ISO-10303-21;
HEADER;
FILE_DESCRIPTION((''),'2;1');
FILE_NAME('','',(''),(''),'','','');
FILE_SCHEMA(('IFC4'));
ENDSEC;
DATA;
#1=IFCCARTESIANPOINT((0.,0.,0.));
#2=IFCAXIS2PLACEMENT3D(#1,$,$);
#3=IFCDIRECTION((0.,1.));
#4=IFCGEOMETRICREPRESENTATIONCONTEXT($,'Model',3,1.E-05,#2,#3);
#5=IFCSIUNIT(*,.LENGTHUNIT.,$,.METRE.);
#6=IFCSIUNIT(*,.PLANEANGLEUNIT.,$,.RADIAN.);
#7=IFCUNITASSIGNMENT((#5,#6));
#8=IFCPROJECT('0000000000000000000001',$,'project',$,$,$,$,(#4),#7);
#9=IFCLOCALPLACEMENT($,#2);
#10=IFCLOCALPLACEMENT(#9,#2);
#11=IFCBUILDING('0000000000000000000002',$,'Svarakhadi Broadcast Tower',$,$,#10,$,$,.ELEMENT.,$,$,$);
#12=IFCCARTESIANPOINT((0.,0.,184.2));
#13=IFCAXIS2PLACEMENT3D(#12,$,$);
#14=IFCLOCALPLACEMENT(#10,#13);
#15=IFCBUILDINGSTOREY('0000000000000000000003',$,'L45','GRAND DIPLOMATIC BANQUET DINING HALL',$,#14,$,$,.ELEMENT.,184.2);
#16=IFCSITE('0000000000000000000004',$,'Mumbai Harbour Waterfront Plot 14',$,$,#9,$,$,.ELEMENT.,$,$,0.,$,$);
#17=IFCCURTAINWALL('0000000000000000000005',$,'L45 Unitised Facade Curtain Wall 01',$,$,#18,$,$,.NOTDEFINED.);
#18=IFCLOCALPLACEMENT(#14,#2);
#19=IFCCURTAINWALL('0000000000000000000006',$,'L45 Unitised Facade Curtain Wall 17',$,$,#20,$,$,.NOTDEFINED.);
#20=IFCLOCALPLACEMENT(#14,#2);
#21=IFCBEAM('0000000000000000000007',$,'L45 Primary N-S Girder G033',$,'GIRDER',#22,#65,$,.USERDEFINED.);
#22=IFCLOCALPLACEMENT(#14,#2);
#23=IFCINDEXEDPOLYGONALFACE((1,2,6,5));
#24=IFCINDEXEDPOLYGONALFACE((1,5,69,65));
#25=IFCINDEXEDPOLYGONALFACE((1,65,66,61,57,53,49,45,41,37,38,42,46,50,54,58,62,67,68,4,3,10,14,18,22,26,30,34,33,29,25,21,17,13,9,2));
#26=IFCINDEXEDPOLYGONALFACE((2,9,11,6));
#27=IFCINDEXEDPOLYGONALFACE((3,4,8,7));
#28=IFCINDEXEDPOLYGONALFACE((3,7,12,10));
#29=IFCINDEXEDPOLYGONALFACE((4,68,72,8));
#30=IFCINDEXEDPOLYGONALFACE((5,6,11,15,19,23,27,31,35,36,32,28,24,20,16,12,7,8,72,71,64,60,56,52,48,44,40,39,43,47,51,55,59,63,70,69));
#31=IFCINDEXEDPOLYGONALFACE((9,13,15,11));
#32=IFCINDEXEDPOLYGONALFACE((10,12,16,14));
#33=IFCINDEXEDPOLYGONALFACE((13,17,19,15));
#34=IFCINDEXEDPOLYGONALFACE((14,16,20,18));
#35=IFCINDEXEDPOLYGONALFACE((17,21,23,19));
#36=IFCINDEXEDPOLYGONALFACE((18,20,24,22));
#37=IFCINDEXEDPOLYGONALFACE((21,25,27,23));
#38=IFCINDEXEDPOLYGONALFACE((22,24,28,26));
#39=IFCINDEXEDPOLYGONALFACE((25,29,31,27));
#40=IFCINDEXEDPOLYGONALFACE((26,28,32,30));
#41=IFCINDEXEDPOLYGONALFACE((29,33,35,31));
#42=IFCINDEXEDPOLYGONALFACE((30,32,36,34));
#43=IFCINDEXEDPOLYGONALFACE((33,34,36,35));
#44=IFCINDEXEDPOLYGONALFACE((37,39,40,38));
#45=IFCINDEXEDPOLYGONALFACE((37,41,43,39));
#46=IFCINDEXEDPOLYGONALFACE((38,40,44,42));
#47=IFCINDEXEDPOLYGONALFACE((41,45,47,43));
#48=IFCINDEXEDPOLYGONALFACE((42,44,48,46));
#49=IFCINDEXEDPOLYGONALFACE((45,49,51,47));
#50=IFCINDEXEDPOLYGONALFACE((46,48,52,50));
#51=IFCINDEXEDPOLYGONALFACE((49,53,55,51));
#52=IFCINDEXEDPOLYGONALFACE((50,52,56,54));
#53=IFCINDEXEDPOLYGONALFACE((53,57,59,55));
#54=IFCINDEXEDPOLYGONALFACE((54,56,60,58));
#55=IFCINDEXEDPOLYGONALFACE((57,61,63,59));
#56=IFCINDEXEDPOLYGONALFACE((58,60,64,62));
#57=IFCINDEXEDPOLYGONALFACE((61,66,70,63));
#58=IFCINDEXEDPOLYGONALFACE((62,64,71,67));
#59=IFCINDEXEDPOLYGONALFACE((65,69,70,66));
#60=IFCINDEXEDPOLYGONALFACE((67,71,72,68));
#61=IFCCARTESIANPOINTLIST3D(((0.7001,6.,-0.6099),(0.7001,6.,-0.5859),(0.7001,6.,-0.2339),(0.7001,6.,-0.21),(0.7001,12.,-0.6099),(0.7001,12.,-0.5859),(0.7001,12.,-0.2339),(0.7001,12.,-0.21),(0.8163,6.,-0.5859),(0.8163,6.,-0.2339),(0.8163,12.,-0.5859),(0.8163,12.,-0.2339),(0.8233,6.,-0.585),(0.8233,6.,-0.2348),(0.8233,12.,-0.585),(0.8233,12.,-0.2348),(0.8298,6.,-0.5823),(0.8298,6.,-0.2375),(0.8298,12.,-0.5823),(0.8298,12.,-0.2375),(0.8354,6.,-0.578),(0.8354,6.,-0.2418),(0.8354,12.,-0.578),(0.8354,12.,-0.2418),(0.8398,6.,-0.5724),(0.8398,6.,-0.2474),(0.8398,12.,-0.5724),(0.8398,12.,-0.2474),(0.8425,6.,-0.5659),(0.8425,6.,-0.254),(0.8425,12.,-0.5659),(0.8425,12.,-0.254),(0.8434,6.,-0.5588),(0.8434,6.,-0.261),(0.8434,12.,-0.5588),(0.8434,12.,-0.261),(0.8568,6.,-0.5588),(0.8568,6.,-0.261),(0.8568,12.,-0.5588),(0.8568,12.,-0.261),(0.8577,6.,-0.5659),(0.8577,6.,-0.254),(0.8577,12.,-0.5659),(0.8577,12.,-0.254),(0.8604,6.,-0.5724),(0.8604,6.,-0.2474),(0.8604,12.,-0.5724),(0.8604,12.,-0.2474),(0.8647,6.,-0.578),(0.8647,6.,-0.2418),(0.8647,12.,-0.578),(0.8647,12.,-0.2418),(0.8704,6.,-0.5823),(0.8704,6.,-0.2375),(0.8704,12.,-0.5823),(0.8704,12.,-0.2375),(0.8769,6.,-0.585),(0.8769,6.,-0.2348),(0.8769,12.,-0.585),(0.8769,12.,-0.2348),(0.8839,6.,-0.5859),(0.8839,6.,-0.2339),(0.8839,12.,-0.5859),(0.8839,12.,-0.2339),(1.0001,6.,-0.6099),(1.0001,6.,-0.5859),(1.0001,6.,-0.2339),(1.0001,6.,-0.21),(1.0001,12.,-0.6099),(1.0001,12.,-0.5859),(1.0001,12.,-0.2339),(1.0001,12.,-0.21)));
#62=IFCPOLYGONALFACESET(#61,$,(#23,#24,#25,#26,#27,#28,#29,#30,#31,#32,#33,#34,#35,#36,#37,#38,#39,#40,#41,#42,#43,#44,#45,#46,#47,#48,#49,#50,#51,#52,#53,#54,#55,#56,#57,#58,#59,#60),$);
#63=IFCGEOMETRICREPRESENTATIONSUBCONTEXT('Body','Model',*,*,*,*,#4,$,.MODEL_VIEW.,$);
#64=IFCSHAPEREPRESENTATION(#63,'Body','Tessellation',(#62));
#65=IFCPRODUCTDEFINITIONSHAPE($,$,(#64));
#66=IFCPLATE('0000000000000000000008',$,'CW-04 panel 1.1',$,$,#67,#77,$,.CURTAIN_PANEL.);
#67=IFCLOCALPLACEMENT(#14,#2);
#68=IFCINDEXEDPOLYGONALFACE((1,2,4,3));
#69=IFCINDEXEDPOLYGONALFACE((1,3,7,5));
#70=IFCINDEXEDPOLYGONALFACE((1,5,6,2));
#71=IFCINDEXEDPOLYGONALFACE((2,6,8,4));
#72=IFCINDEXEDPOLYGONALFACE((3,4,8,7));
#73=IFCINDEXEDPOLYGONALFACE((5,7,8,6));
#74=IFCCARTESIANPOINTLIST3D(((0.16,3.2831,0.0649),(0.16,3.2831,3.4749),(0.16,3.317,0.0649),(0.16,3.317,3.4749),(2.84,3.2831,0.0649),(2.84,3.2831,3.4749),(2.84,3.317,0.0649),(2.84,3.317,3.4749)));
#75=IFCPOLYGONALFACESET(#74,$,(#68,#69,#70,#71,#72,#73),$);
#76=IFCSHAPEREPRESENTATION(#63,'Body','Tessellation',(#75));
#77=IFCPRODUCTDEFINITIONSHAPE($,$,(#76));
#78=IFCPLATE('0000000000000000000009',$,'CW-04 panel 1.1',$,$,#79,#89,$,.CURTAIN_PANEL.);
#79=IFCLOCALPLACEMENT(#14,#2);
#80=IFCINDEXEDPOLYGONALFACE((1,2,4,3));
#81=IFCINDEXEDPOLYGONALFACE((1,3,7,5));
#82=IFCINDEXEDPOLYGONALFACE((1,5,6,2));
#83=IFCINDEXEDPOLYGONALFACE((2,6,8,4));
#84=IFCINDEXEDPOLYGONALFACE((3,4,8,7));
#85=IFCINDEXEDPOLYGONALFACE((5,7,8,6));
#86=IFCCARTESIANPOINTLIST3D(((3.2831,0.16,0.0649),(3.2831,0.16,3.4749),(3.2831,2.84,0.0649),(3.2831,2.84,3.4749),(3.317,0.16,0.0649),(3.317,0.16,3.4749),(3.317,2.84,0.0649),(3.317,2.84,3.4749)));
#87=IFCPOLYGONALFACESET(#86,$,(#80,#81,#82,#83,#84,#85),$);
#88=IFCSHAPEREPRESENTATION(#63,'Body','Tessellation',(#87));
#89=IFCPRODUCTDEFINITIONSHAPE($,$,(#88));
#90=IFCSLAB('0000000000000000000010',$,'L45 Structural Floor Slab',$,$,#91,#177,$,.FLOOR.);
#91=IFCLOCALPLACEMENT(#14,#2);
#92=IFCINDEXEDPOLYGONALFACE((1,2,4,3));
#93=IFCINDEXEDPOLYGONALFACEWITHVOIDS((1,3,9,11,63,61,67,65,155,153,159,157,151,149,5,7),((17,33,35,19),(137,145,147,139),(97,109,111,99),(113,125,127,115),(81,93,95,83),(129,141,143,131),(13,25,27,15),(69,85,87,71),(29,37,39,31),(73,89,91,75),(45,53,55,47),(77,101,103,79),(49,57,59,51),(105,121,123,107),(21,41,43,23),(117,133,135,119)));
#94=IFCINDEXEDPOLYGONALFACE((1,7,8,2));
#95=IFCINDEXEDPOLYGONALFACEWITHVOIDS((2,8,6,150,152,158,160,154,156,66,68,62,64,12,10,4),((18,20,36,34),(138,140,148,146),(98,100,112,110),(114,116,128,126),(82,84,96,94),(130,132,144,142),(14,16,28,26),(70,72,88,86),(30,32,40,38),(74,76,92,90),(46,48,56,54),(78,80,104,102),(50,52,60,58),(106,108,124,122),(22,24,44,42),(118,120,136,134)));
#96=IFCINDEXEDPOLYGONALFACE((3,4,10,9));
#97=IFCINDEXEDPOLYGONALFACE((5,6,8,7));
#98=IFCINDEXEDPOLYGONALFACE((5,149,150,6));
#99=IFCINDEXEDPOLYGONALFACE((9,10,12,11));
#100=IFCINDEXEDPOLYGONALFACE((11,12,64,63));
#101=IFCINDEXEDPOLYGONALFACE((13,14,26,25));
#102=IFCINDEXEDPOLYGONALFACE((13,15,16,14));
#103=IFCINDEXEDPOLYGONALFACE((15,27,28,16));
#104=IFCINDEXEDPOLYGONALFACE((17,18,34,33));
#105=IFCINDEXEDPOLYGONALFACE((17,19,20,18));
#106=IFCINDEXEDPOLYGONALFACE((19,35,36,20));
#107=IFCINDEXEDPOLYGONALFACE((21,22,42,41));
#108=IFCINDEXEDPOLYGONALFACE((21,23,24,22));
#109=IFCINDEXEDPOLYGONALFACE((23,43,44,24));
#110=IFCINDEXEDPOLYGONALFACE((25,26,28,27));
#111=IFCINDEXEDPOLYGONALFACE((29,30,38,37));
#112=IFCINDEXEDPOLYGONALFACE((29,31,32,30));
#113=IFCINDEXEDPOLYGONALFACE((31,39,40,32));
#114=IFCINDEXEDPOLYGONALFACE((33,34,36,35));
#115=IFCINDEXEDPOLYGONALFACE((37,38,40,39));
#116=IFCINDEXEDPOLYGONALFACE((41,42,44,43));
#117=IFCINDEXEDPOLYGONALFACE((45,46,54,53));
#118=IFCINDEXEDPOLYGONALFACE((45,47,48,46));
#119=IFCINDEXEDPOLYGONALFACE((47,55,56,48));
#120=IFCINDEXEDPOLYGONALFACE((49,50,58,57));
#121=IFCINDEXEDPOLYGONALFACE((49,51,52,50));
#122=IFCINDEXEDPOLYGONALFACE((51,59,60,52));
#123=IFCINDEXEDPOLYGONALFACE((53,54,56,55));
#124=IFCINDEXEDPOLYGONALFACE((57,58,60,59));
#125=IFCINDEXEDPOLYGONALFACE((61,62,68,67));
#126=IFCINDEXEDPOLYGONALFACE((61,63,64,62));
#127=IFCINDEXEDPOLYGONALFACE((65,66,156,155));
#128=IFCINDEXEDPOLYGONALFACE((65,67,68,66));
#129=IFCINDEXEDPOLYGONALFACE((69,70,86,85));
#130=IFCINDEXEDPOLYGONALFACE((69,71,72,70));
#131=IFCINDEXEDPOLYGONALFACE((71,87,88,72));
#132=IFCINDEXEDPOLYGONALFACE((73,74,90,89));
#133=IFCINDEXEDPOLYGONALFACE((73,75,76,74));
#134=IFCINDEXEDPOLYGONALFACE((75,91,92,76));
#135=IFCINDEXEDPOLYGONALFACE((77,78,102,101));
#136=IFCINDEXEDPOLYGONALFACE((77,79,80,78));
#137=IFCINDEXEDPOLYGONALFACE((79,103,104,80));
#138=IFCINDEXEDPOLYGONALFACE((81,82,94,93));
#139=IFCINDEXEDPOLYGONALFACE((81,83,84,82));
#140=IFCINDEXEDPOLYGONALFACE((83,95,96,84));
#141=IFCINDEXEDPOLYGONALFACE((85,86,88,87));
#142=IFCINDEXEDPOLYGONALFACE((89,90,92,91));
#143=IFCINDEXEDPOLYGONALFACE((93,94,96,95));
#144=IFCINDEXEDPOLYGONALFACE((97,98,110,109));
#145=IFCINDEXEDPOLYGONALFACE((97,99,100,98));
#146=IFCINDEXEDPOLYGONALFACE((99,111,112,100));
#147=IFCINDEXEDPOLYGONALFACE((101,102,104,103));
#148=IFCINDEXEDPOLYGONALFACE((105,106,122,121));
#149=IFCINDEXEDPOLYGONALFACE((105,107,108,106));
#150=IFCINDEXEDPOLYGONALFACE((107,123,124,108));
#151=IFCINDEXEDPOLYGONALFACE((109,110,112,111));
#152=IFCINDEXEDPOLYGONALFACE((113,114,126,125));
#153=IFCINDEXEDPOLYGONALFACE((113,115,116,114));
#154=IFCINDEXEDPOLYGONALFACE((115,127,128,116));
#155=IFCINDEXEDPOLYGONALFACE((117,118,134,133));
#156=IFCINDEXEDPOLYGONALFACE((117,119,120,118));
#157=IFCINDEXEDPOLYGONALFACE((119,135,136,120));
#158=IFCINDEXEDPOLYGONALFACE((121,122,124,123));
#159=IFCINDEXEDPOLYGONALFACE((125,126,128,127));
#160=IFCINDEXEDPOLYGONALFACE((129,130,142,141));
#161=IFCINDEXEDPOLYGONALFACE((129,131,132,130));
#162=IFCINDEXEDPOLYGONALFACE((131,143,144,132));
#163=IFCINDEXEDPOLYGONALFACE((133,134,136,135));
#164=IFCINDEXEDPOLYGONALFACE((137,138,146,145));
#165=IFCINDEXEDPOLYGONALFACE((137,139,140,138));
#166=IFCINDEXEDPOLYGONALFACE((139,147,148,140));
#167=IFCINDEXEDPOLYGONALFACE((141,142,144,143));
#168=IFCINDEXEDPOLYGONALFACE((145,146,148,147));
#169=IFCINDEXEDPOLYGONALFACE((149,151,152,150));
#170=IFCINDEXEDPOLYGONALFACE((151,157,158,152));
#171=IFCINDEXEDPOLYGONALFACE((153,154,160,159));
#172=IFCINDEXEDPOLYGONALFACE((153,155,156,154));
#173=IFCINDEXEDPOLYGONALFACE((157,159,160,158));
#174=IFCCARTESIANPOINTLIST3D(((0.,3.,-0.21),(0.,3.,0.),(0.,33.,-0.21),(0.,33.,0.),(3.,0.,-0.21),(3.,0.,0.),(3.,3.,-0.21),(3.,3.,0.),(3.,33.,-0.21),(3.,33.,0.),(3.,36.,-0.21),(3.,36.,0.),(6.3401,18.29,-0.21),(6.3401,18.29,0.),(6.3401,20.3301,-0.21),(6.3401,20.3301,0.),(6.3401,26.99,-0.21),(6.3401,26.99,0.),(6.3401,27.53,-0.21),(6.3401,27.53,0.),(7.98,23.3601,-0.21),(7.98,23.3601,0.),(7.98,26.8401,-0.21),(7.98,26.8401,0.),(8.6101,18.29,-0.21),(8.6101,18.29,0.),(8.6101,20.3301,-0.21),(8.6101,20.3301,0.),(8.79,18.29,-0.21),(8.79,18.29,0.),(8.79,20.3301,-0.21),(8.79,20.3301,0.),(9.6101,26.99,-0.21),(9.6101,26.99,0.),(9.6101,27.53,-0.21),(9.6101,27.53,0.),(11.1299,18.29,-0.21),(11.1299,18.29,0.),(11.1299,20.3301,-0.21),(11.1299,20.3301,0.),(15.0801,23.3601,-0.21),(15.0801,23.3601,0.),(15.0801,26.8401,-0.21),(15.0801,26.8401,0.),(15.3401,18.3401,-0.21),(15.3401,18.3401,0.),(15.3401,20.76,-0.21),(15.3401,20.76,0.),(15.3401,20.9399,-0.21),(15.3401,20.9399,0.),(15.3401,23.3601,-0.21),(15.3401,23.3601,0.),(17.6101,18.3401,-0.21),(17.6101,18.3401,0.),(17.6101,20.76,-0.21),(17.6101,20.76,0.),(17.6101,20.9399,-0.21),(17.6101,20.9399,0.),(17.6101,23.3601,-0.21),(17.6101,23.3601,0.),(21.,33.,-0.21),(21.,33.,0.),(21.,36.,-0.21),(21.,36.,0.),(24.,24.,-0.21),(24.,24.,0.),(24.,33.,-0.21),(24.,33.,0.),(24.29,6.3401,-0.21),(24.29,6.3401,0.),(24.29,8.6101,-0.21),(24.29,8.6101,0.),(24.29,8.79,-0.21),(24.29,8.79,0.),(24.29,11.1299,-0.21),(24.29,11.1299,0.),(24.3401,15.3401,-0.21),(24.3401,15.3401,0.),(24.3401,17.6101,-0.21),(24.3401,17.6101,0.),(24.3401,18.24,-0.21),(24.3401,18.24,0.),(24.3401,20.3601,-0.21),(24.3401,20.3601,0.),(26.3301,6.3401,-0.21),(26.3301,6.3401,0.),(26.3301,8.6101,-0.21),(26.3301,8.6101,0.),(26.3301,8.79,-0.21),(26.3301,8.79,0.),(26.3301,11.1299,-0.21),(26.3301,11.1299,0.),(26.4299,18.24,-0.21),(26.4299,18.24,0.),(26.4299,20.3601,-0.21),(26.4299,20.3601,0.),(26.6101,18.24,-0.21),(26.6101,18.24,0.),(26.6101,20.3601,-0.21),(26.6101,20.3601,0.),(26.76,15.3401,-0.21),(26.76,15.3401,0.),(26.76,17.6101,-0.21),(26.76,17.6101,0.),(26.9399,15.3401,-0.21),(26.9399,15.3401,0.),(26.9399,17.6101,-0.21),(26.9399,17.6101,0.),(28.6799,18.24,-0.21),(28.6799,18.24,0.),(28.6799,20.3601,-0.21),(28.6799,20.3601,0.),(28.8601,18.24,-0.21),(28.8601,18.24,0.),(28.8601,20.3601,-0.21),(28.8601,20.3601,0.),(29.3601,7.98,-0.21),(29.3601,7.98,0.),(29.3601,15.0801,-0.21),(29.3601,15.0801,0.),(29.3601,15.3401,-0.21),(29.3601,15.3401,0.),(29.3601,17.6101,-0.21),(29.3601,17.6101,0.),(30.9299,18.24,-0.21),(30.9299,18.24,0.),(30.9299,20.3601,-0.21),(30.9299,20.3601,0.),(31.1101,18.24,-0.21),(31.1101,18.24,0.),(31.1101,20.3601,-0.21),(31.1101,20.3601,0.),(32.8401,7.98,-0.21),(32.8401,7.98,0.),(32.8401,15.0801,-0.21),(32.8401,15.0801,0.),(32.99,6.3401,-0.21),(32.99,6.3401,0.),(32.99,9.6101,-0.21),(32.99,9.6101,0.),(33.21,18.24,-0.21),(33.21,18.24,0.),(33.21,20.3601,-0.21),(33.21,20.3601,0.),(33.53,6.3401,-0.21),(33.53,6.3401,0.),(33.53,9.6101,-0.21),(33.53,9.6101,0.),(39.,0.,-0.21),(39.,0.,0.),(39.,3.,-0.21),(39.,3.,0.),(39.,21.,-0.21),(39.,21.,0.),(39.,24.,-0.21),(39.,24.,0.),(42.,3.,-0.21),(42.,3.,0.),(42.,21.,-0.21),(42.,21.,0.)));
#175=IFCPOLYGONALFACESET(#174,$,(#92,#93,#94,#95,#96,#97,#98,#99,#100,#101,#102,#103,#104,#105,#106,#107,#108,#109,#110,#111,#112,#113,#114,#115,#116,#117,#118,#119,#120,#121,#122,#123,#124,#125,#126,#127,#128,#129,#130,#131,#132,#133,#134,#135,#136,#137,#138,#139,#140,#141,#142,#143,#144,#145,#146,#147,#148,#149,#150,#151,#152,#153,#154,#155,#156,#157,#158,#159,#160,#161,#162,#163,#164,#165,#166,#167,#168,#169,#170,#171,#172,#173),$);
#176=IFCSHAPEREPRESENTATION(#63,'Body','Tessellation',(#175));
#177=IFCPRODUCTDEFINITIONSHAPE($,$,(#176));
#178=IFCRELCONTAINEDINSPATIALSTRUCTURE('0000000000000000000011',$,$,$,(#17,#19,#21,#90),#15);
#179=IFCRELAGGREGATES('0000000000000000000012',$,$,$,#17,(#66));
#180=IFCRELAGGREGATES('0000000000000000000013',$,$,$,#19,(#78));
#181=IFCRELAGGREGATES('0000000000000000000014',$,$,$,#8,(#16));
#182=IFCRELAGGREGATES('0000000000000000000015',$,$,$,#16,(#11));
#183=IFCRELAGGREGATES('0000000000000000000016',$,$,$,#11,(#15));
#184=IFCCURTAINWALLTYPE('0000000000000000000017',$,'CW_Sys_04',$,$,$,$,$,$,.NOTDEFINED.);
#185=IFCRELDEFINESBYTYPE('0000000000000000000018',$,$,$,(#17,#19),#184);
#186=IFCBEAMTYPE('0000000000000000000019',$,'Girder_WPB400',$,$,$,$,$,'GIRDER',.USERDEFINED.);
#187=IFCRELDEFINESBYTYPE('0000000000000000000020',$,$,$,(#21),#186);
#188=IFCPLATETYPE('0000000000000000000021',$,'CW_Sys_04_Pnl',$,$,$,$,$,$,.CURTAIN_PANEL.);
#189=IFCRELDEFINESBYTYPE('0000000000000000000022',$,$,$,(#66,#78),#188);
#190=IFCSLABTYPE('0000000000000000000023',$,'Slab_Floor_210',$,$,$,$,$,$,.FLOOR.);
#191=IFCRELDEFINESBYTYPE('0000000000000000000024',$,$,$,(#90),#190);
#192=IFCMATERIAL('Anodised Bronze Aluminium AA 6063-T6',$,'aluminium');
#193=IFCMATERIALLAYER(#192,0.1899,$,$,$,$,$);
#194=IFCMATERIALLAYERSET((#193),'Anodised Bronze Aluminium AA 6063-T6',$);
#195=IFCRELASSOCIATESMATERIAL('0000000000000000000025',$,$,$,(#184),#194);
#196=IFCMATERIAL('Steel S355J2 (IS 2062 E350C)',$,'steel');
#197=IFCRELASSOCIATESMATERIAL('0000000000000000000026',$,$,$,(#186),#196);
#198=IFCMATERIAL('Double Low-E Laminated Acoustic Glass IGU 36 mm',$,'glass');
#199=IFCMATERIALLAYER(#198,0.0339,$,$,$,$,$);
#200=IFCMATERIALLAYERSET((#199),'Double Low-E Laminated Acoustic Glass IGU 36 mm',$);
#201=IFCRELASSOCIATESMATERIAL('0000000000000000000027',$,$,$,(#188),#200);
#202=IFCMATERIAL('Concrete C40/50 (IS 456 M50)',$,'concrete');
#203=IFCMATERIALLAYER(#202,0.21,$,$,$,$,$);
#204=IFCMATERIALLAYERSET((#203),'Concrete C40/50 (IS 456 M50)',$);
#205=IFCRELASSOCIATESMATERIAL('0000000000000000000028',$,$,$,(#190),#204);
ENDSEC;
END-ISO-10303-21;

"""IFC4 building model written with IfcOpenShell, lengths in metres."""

from ifc_helpers import new_model, si_unit, direction, frame, origin, origin_2d, place, context, subcontext, project, spatial, polyline, rectangle, i_section, outline, extrude, material, layer, layer_set, material_profile, profile_set, type_object, element, aggregate, save


model = new_model("IFC4")

# Units and contexts
model_context = context("Model", 3, precision=1e-05, world=origin(), true_north=direction((0.0, 1.0)))
body_context = subcontext(model_context, "Body", "Model", "MODEL_VIEW")
ifc_project = project(units=[si_unit("LENGTHUNIT", "METRE"), si_unit("PLANEANGLEUNIT", "RADIAN")], contexts=[model_context])

# Site, building, storey
site_placement = place(None, origin())
site = spatial("IfcSite", under=ifc_project, at=site_placement, Name="Mumbai Harbour Waterfront Plot 14", CompositionType="ELEMENT", RefElevation=0.0)
building_placement = place(site_placement, origin())
building = spatial("IfcBuilding", under=site, at=building_placement, Name="Svarakhadi Broadcast Tower", CompositionType="ELEMENT")
storey_placement = place(building_placement, frame((0.0, 0.0, 184.2)))
storey = spatial("IfcBuildingStorey", under=building, at=storey_placement, Name="L45", Description="GRAND DIPLOMATIC BANQUET DINING HALL", CompositionType="ELEMENT", Elevation=184.2)

# Curtain wall
ifc_material_1 = material(Name="Anodised Bronze Aluminium AA 6063-T6", Category="aluminium")
ifc_layer_1 = layer(ifc_material_1, 0.1899)
ifc_layer_set_1 = layer_set([ifc_layer_1], Name="Anodised Bronze Aluminium AA 6063-T6")
curtain_wall_type = type_object("IfcCurtainWallType", Name="CW_Sys_04", PredefinedType="NOTDEFINED", material=ifc_layer_set_1)
curtain_wall_1_placement = place(storey_placement, origin())
curtain_wall_1 = element("IfcCurtainWall", 1, at=curtain_wall_1_placement, inside=storey, type_object=curtain_wall_type, Name="L45 Unitised Facade Curtain Wall 01", PredefinedType="NOTDEFINED")

# Curtain wall
curtain_wall_2_placement = place(storey_placement, origin())
curtain_wall_2 = element("IfcCurtainWall", 2, at=curtain_wall_2_placement, inside=storey, type_object=curtain_wall_type, Name="L45 Unitised Facade Curtain Wall 17", PredefinedType="NOTDEFINED")

# Beam
ifc_material_2 = material(Name="Steel S355J2 (IS 2062 E350C)", Category="steel")
ifc_material_profile_1 = material_profile(ifc_material_2, i_section(OverallWidth=0.3, OverallDepth=0.3999, WebThickness=0.0134, FlangeThickness=0.0239, FilletRadius=0.0271, at=origin_2d()), Name="WPB 400x300x155")
ifc_profile_set_1 = profile_set([ifc_material_profile_1], Name="Steel S355J2 (IS 2062 E350C)")
beam_type = type_object("IfcBeamType", Name="Girder_WPB400", ElementType="GIRDER", PredefinedType="USERDEFINED", material=ifc_profile_set_1)
beam_1_placement = place(storey_placement, frame((0.8501, 6.0, -0.4099), z_axis=(0.0, 1.0, 0.0), x_axis=(-1.0, 0.0, 0.0)))
element("IfcBeam", 3, at=beam_1_placement, inside=storey, type_object=beam_type, Name="L45 Primary N-S Girder G033", ObjectType="GIRDER", PredefinedType="USERDEFINED", context=body_context, shape_type="SweptSolid", body=[
    extrude(i_section(OverallWidth=0.3, OverallDepth=0.3999, WebThickness=0.0134, FlangeThickness=0.0239, FilletRadius=0.0271, at=origin_2d()), origin(), (0.0, 0.0, 1.0), 6.0),
])

# Plates
ifc_material_3 = material(Name="Double Low-E Laminated Acoustic Glass IGU 36 mm", Category="glass")
ifc_layer_2 = layer(ifc_material_3, 0.0339)
ifc_layer_set_2 = layer_set([ifc_layer_2], Name="Double Low-E Laminated Acoustic Glass IGU 36 mm")
plate_type = type_object("IfcPlateType", Name="CW_Sys_04_Pnl", PredefinedType="CURTAIN_PANEL", material=ifc_layer_set_2)
plate_1_placement = place(storey_placement, frame((1.5, 3.3, 0.0649), z_axis=(0.0, 0.0, 1.0), x_axis=(-1.0, 0.0, 0.0)))
plate_1 = element("IfcPlate", 4, at=plate_1_placement, type_object=plate_type, Name="CW-04 panel 1.1", PredefinedType="CURTAIN_PANEL", context=body_context, shape_type="SweptSolid", body=[
    extrude(rectangle(XDim=2.6799, YDim=0.0339, at=origin_2d()), origin(), (0.0, 0.0, 1.0), 3.4099),
])
aggregate(curtain_wall_1, [plate_1])
plate_2_placement = place(storey_placement, frame((3.3, 1.5, 0.0649), z_axis=(0.0, 0.0, 1.0), x_axis=(0.0, 1.0, 0.0)))
plate_2 = element("IfcPlate", 5, at=plate_2_placement, type_object=plate_type, Name="CW-04 panel 1.1", PredefinedType="CURTAIN_PANEL", context=body_context, shape_type="SweptSolid", body=[
    extrude(rectangle(XDim=2.6799, YDim=0.0339, at=origin_2d()), origin(), (0.0, 0.0, 1.0), 3.4099),
])
aggregate(curtain_wall_2, [plate_2])

# Slab
ifc_material_4 = material(Name="Concrete C40/50 (IS 456 M50)", Category="concrete")
ifc_layer_3 = layer(ifc_material_4, 0.21)
ifc_layer_set_3 = layer_set([ifc_layer_3], Name="Concrete C40/50 (IS 456 M50)")
slab_type_1 = type_object("IfcSlabType", Name="Slab_Floor_210", PredefinedType="FLOOR", material=ifc_layer_set_3)
slab_1_placement = place(storey_placement, frame((0.0, 0.0, -0.21)))
element("IfcSlab", 6, at=slab_1_placement, inside=storey, type_object=slab_type_1, Name="L45 Structural Floor Slab", PredefinedType="FLOOR", context=body_context, shape_type="SweptSolid", body=[
    extrude(outline(polyline([(3.0, 0.0), (39.0, 0.0), (39.0, 3.0), (42.0, 3.0), (42.0, 21.0), (39.0, 21.0), (39.0, 24.0), (24.0, 24.0), (24.0, 33.0), (21.0, 33.0), (21.0, 36.0), (3.0, 36.0), (3.0, 33.0), (0.0, 33.0), (0.0, 3.0), (3.0, 3.0), (3.0, 0.0)]), holes=[polyline([(7.98, 23.3601), (15.0801, 23.3601), (15.0801, 26.8401), (7.98, 26.8401), (7.98, 23.3601)]), polyline([(32.8401, 7.98), (32.8401, 15.0801), (29.3601, 15.0801), (29.3601, 7.98), (32.8401, 7.98)]), polyline([(6.3401, 18.29), (8.6101, 18.29), (8.6101, 20.3301), (6.3401, 20.3301), (6.3401, 18.29)]), polyline([(8.79, 18.29), (11.1299, 18.29), (11.1299, 20.3301), (8.79, 20.3301), (8.79, 18.29)]), polyline([(24.29, 6.3401), (26.3301, 6.3401), (26.3301, 8.6101), (24.29, 8.6101), (24.29, 6.3401)]), polyline([(24.29, 8.79), (26.3301, 8.79), (26.3301, 11.1299), (24.29, 11.1299), (24.29, 8.79)]), polyline([(6.3401, 26.99), (9.6101, 26.99), (9.6101, 27.53), (6.3401, 27.53), (6.3401, 26.99)]), polyline([(32.99, 6.3401), (33.53, 6.3401), (33.53, 9.6101), (32.99, 9.6101), (32.99, 6.3401)]), polyline([(15.3401, 18.3401), (17.6101, 18.3401), (17.6101, 20.76), (15.3401, 20.76), (15.3401, 18.3401)]), polyline([(15.3401, 20.9399), (17.6101, 20.9399), (17.6101, 23.3601), (15.3401, 23.3601), (15.3401, 20.9399)]), polyline([(24.3401, 15.3401), (26.76, 15.3401), (26.76, 17.6101), (24.3401, 17.6101), (24.3401, 15.3401)]), polyline([(26.9399, 15.3401), (29.3601, 15.3401), (29.3601, 17.6101), (26.9399, 17.6101), (26.9399, 15.3401)]), polyline([(24.3401, 18.24), (26.4299, 18.24), (26.4299, 20.3601), (24.3401, 20.3601), (24.3401, 18.24)]), polyline([(26.6101, 18.24), (28.6799, 18.24), (28.6799, 20.3601), (26.6101, 20.3601), (26.6101, 18.24)]), polyline([(28.8601, 18.24), (30.9299, 18.24), (30.9299, 20.3601), (28.8601, 20.3601), (28.8601, 18.24)]), polyline([(31.1101, 18.24), (33.21, 18.24), (33.21, 20.3601), (31.1101, 20.3601), (31.1101, 18.24)])]), origin(), (0.0, 0.0, 1.0), 0.21),
])

save(model, "model.ifc")
